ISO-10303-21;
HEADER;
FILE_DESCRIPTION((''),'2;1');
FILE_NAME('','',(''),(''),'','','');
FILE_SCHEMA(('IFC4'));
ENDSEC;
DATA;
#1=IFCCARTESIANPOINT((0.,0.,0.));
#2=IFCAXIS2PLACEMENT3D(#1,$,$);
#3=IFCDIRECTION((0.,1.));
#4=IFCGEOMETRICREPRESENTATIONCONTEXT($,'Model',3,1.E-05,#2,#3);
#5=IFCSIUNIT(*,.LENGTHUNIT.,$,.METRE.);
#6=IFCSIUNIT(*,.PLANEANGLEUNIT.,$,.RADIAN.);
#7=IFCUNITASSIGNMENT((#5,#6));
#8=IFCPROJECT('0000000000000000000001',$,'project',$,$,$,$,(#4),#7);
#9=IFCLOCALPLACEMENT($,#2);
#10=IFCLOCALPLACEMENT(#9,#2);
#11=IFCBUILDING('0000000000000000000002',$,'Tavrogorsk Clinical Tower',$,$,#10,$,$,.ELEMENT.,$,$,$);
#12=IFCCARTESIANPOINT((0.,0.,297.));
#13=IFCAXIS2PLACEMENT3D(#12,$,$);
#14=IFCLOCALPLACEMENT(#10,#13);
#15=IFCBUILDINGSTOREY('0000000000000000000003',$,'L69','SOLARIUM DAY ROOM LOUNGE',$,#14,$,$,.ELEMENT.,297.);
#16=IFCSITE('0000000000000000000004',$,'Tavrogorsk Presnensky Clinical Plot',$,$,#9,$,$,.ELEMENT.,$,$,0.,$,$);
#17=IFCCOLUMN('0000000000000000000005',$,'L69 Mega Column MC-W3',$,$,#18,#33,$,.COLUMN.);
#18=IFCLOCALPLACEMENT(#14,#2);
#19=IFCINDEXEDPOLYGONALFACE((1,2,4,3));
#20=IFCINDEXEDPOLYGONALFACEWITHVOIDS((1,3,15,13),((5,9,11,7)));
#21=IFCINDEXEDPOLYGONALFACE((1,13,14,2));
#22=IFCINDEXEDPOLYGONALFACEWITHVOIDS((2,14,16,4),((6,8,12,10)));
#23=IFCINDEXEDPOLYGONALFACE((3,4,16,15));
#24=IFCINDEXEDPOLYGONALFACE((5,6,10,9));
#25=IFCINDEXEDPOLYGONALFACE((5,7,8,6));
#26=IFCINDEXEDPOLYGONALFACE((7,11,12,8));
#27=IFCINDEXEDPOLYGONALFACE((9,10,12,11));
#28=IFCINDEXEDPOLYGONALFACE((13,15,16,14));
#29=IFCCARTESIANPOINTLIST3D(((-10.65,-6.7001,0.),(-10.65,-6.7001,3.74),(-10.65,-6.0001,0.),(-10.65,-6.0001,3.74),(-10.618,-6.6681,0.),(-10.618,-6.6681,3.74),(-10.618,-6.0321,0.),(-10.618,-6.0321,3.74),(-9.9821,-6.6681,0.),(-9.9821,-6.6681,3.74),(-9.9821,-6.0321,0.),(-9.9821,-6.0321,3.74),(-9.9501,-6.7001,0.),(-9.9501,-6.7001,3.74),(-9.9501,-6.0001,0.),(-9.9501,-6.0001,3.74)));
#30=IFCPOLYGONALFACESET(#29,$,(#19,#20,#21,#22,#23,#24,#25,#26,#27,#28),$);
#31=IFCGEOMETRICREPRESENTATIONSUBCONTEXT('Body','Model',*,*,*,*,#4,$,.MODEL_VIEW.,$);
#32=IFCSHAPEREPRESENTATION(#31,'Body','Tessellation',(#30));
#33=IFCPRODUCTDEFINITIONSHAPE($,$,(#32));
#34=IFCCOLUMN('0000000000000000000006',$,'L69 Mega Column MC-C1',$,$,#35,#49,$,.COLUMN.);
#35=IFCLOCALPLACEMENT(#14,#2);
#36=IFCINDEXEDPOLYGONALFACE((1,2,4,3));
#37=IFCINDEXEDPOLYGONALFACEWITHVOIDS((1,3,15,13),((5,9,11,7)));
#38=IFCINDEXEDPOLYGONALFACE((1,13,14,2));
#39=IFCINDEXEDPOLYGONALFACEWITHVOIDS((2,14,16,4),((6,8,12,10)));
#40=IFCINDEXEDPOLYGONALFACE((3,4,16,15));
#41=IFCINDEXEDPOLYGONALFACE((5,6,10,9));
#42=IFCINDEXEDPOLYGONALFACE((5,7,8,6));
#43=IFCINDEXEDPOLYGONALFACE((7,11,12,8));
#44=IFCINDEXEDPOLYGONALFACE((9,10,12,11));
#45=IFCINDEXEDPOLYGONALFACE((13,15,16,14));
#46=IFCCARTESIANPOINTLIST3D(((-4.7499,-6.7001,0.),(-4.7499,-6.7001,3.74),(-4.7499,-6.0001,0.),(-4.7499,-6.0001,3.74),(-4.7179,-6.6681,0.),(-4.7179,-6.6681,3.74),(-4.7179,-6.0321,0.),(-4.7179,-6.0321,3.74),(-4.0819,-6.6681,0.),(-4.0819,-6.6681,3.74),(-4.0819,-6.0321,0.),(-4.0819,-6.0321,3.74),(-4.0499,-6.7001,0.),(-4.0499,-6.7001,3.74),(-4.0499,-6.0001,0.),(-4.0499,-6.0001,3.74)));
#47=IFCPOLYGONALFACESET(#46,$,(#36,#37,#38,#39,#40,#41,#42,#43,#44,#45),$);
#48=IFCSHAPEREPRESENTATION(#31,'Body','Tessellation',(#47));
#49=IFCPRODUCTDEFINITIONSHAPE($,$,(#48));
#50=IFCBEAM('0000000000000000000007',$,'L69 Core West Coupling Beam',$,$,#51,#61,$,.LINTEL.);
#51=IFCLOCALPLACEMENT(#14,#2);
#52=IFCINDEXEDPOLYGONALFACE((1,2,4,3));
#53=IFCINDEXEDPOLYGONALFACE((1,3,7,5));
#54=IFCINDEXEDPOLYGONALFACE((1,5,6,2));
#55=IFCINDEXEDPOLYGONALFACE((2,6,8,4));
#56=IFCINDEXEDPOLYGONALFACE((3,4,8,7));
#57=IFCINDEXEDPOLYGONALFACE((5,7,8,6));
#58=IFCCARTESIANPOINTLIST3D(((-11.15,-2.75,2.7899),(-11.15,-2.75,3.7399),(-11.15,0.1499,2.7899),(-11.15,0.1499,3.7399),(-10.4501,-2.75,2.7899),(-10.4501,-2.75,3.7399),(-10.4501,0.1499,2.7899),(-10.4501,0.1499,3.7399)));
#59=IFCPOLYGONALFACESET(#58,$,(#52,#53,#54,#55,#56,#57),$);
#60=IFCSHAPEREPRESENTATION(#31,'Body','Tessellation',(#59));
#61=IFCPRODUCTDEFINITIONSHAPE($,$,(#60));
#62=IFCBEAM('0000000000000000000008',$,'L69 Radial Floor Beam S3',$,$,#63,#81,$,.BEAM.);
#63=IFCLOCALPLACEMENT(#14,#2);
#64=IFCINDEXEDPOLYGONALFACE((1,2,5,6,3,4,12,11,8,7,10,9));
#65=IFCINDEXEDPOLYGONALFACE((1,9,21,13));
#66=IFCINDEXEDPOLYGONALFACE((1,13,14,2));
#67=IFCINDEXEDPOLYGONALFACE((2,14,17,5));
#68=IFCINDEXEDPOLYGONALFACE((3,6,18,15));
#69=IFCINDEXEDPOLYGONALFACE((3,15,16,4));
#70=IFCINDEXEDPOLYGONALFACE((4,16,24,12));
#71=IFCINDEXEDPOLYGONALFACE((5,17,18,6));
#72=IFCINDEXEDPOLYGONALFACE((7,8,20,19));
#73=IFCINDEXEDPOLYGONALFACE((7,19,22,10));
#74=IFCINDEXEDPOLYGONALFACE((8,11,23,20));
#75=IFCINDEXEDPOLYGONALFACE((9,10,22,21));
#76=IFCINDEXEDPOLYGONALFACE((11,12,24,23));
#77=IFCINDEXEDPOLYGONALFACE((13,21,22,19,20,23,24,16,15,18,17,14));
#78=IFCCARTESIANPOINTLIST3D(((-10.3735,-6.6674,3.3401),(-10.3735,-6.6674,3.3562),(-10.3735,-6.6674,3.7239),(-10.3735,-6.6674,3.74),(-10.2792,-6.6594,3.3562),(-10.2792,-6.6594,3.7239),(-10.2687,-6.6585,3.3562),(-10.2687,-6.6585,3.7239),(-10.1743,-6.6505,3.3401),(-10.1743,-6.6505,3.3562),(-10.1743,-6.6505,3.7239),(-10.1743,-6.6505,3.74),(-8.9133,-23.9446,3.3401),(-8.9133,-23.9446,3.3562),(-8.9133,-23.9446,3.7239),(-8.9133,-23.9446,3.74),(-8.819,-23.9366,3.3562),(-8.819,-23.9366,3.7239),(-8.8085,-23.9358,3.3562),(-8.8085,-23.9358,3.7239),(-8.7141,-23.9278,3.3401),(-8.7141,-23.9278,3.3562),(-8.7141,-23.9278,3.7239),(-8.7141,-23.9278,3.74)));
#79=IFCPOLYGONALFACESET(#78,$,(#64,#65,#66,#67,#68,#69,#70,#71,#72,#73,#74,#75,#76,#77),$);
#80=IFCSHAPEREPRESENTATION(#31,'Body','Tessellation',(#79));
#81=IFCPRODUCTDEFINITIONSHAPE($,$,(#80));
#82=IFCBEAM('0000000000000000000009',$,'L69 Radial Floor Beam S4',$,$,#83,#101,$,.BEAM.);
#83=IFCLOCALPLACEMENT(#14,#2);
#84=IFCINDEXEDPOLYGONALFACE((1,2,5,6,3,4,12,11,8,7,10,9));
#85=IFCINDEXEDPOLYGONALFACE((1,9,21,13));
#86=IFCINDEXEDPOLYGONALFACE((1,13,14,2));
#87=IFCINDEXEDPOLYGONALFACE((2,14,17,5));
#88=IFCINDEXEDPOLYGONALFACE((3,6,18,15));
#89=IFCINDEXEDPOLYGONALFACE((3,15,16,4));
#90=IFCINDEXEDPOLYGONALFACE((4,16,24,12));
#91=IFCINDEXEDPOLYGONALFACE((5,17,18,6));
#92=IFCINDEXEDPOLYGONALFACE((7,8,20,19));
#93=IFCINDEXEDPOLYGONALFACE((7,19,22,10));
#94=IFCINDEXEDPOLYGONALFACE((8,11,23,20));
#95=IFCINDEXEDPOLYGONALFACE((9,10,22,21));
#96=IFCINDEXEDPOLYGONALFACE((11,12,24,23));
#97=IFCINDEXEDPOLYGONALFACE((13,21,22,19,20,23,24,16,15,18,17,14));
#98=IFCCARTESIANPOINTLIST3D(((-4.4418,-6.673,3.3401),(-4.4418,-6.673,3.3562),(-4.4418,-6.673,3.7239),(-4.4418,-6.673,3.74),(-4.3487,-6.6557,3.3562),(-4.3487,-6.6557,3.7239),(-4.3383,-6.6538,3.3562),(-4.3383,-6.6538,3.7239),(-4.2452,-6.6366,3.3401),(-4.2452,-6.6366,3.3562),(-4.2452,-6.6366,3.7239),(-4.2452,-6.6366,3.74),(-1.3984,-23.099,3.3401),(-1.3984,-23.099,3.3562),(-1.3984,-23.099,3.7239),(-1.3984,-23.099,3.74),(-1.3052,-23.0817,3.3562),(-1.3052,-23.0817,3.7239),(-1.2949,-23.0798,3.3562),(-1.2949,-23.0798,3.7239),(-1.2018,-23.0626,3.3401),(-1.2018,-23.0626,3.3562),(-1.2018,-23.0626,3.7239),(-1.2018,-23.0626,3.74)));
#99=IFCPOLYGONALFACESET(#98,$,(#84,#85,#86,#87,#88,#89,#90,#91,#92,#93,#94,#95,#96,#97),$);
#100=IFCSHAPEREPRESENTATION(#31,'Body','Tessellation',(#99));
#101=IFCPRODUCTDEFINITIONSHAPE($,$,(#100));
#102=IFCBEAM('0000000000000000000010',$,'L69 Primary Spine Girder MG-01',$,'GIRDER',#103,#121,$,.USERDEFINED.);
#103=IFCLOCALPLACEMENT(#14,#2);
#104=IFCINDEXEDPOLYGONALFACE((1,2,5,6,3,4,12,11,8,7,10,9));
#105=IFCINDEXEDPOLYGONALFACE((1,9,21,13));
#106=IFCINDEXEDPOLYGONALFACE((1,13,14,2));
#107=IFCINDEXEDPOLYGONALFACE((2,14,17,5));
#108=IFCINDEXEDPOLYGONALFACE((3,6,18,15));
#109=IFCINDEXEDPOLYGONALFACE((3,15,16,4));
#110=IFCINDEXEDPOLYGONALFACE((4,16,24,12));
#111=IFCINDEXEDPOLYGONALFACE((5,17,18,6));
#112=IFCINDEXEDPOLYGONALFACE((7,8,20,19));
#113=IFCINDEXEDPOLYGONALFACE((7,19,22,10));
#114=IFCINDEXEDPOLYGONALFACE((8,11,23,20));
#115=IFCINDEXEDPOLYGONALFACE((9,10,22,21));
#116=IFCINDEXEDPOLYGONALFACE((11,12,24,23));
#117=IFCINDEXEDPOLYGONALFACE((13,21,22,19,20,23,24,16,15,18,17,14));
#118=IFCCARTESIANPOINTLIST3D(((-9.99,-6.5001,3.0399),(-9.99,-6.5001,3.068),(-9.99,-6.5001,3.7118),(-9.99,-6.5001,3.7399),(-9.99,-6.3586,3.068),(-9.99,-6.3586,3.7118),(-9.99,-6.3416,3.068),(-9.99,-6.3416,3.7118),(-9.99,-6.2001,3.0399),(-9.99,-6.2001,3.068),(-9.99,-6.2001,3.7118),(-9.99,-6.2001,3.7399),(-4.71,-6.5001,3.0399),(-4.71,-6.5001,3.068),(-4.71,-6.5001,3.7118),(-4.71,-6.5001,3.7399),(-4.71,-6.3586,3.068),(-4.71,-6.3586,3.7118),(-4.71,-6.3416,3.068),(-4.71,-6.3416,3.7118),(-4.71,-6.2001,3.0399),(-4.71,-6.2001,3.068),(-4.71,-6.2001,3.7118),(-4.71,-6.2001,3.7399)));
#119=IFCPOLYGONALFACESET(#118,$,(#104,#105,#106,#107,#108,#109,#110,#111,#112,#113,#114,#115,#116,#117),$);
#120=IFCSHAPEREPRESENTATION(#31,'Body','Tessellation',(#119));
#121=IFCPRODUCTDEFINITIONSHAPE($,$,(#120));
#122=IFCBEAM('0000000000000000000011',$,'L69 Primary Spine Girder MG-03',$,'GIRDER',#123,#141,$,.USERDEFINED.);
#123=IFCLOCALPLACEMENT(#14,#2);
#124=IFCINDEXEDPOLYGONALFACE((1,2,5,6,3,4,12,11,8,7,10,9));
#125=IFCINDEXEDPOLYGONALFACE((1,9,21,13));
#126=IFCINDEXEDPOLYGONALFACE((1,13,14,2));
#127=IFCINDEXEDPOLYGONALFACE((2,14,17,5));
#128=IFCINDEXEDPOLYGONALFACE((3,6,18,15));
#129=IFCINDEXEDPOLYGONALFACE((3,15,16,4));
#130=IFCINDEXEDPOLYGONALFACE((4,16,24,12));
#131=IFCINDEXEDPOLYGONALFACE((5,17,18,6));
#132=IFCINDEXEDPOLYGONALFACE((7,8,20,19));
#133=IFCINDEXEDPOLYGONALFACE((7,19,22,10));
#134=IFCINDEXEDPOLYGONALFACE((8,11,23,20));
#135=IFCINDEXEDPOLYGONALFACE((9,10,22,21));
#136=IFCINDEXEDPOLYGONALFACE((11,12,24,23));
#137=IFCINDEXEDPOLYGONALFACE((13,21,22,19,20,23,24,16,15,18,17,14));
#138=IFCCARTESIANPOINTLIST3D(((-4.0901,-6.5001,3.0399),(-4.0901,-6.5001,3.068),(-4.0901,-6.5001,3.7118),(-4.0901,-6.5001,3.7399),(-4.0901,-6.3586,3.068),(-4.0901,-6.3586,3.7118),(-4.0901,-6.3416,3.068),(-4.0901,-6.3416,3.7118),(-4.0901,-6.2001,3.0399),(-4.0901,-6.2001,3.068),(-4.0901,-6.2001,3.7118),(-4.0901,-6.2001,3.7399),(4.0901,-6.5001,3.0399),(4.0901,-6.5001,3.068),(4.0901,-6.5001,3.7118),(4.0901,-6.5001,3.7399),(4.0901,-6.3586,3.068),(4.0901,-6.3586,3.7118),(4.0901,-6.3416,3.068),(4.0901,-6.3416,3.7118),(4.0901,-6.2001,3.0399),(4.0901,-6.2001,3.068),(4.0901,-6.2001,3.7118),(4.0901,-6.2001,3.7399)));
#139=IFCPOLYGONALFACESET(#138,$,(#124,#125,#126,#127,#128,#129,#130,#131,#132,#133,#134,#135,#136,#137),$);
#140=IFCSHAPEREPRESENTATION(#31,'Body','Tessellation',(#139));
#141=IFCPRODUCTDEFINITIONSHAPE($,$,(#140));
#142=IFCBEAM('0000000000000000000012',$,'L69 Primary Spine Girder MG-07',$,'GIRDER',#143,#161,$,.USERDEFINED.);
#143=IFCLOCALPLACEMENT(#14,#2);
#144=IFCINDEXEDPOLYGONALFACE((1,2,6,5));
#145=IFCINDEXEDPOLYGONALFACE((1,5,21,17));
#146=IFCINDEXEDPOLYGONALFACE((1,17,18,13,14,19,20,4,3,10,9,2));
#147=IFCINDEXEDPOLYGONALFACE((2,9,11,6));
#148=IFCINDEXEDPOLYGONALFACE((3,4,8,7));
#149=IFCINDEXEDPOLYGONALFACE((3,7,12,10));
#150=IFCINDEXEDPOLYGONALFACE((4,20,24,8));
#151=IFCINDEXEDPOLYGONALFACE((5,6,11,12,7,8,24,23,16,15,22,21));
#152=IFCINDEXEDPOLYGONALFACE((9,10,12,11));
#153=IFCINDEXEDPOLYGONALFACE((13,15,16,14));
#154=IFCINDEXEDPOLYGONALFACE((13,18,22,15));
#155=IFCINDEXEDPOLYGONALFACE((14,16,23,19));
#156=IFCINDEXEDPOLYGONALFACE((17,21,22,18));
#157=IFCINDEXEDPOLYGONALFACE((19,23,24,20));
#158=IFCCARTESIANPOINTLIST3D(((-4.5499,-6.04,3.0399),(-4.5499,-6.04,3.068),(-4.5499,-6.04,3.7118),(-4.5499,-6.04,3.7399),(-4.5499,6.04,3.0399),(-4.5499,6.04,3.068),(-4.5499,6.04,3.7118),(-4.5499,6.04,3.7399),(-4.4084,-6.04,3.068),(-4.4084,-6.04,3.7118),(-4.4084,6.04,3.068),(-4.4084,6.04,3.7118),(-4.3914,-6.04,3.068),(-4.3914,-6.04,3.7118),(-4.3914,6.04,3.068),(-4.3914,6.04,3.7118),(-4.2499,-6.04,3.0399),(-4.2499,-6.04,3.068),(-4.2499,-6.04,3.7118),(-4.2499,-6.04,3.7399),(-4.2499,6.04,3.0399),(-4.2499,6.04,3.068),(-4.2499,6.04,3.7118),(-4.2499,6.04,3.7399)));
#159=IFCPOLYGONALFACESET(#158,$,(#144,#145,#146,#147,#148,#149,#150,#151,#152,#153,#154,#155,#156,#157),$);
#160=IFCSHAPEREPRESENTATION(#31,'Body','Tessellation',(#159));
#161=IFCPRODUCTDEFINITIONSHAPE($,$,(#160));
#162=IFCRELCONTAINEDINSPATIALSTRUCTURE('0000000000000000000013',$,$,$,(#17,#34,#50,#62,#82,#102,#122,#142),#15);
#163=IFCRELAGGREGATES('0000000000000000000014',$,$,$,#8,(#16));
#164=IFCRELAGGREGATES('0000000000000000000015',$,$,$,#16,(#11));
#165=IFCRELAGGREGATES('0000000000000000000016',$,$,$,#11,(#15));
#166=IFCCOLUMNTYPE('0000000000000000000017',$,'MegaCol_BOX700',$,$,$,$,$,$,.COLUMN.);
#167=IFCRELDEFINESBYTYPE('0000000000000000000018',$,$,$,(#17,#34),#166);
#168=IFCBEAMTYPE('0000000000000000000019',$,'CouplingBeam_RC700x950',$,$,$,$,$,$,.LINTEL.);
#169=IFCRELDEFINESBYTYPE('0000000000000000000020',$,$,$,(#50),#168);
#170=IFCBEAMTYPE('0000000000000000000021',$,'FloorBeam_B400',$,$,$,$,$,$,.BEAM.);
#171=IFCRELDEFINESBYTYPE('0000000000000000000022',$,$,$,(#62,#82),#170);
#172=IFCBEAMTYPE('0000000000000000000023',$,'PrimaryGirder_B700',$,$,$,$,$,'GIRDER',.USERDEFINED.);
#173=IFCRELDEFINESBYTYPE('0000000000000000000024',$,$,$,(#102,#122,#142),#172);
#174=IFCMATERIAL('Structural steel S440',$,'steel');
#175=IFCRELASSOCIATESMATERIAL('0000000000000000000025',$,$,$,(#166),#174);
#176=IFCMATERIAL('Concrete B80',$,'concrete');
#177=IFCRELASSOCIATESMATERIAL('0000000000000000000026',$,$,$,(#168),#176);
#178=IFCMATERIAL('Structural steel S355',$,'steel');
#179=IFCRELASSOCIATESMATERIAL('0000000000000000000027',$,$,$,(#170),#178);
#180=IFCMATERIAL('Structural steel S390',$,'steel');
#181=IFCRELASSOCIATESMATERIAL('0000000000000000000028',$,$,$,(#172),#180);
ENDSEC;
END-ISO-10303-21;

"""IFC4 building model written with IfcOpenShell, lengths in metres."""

from ifc_helpers import new_model, si_unit, direction, frame, origin, origin_2d, place, context, subcontext, project, spatial, rectangle, hollow_rectangle, i_section, extrude, material, material_profile, profile_set, type_object, element, save


model = new_model("IFC4")

# Units and contexts
model_context = context("Model", 3, precision=1e-05, world=origin(), true_north=direction((0.0, 1.0)))
body_context = subcontext(model_context, "Body", "Model", "MODEL_VIEW")
ifc_project = project(units=[si_unit("LENGTHUNIT", "METRE"), si_unit("PLANEANGLEUNIT", "RADIAN")], contexts=[model_context])

# Site, building, storey
site_placement = place(None, origin())
site = spatial("IfcSite", under=ifc_project, at=site_placement, Name="Tavrogorsk Presnensky Clinical Plot", CompositionType="ELEMENT", RefElevation=0.0)
building_placement = place(site_placement, origin())
building = spatial("IfcBuilding", under=site, at=building_placement, Name="Tavrogorsk Clinical Tower", CompositionType="ELEMENT")
storey_placement = place(building_placement, frame((0.0, 0.0, 297.0)))
storey = spatial("IfcBuildingStorey", under=building, at=storey_placement, Name="L69", Description="SOLARIUM DAY ROOM LOUNGE", CompositionType="ELEMENT", Elevation=297.0)

# Columns
ifc_material_1 = material(Name="Structural steel S440", Category="steel")
ifc_material_profile_1 = material_profile(ifc_material_1, hollow_rectangle(XDim=0.7, YDim=0.7, WallThickness=0.032, at=origin_2d()), Name="BOX-700x700x32")
ifc_profile_set_1 = profile_set([ifc_material_profile_1], Name="Structural steel S440")
column_type = type_object("IfcColumnType", Name="MegaCol_BOX700", PredefinedType="COLUMN", material=ifc_profile_set_1)
for number, where, z_axis, x_axis, name in (
    (1, (-10.3, -6.3501, 0.0), (0.0, 0.0, 1.0), (1.0, 0.0, 0.0), "L69 Mega Column MC-W3"),
    (2, (-4.3999, -6.3501, 0.0), (0.0, 0.0, 1.0), (1.0, 0.0, 0.0), "L69 Mega Column MC-C1"),
):
    element("IfcColumn", number, at=place(storey_placement, frame(where, z_axis=z_axis, x_axis=x_axis)), inside=storey, type_object=column_type, Name=name, PredefinedType="COLUMN", context=body_context, shape_type="SweptSolid", body=[
        extrude(hollow_rectangle(XDim=0.7, YDim=0.7, WallThickness=0.032, at=origin_2d()), origin(), (0.0, 0.0, 1.0), 3.74),
    ])

# Beams
ifc_material_2 = material(Name="Concrete B80", Category="concrete")
ifc_material_profile_2 = material_profile(ifc_material_2, rectangle(XDim=0.7, YDim=0.95, at=origin_2d()), Name="RC-CB-700x950")
ifc_profile_set_2 = profile_set([ifc_material_profile_2], Name="Concrete B80")
beam_type_1 = type_object("IfcBeamType", Name="CouplingBeam_RC700x950", PredefinedType="LINTEL", material=ifc_profile_set_2)
beam_1_placement = place(storey_placement, frame((-10.8, -2.75, 3.2649), z_axis=(0.0, 1.0, 0.0), x_axis=(-1.0, 0.0, 0.0)))
element("IfcBeam", 3, at=beam_1_placement, inside=storey, type_object=beam_type_1, Name="L69 Core West Coupling Beam", PredefinedType="LINTEL", context=body_context, shape_type="SweptSolid", body=[
    extrude(rectangle(XDim=0.7, YDim=0.95, at=origin_2d()), origin(), (0.0, 0.0, 1.0), 2.8999),
])
ifc_material_3 = material(Name="Structural steel S355", Category="steel")
ifc_material_profile_3 = material_profile(ifc_material_3, i_section(OverallWidth=0.2, OverallDepth=0.3999, WebThickness=0.0105, FlangeThickness=0.0161, at=origin_2d()), Name="B-400x200x10.5x16")
ifc_profile_set_3 = profile_set([ifc_material_profile_3], Name="Structural steel S355")
beam_type_2 = type_object("IfcBeamType", Name="FloorBeam_B400", PredefinedType="BEAM", material=ifc_profile_set_3)
beam_2_placement = place(storey_placement, frame((-10.2739, -6.6589, 3.54), z_axis=(0.084215, -0.996448, 0.0), x_axis=(0.996448, 0.084215, 0.0)))
element("IfcBeam", 4, at=beam_2_placement, inside=storey, type_object=beam_type_2, Name="L69 Radial Floor Beam S3", PredefinedType="BEAM", context=body_context, shape_type="SweptSolid", body=[
    extrude(i_section(OverallWidth=0.2, OverallDepth=0.3999, WebThickness=0.0105, FlangeThickness=0.0161, at=origin_2d()), origin(), (0.0, 0.0, 1.0), 17.3389),
])
beam_3_placement = place(storey_placement, frame((-4.3435, -6.6548, 3.54), z_axis=(0.182182, -0.983265, 0.0), x_axis=(0.983265, 0.182182, 0.0)))
element("IfcBeam", 5, at=beam_3_placement, inside=storey, type_object=beam_type_2, Name="L69 Radial Floor Beam S4", PredefinedType="BEAM", context=body_context, shape_type="SweptSolid", body=[
    extrude(i_section(OverallWidth=0.2, OverallDepth=0.3999, WebThickness=0.0105, FlangeThickness=0.0161, at=origin_2d()), origin(), (0.0, 0.0, 1.0), 16.7056),
])
ifc_material_4 = material(Name="Structural steel S390", Category="steel")
ifc_material_profile_4 = material_profile(ifc_material_4, i_section(OverallWidth=0.3, OverallDepth=0.7, WebThickness=0.0171, FlangeThickness=0.0281, at=origin_2d()), Name="B-700x300x17x28")
ifc_profile_set_4 = profile_set([ifc_material_profile_4], Name="Structural steel S390")
beam_type_3 = type_object("IfcBeamType", Name="PrimaryGirder_B700", ElementType="GIRDER", PredefinedType="USERDEFINED", material=ifc_profile_set_4)
beam_4_placement = place(storey_placement, frame((-9.99, -6.3501, 3.3899), z_axis=(1.0, 0.0, 0.0), x_axis=(0.0, 1.0, 0.0)))
element("IfcBeam", 6, at=beam_4_placement, inside=storey, type_object=beam_type_3, Name="L69 Primary Spine Girder MG-01", ObjectType="GIRDER", PredefinedType="USERDEFINED", context=body_context, shape_type="SweptSolid", body=[
    extrude(i_section(OverallWidth=0.3, OverallDepth=0.7, WebThickness=0.0171, FlangeThickness=0.0281, at=origin_2d()), origin(), (0.0, 0.0, 1.0), 5.28),
])
beam_5_placement = place(storey_placement, frame((-4.0901, -6.3501, 3.3899), z_axis=(1.0, 0.0, 0.0), x_axis=(0.0, 1.0, 0.0)))
element("IfcBeam", 7, at=beam_5_placement, inside=storey, type_object=beam_type_3, Name="L69 Primary Spine Girder MG-03", ObjectType="GIRDER", PredefinedType="USERDEFINED", context=body_context, shape_type="SweptSolid", body=[
    extrude(i_section(OverallWidth=0.3, OverallDepth=0.7, WebThickness=0.0171, FlangeThickness=0.0281, at=origin_2d()), origin(), (0.0, 0.0, 1.0), 8.1802),
])
beam_6_placement = place(storey_placement, frame((-4.3999, -6.04, 3.3899), z_axis=(0.0, 1.0, 0.0), x_axis=(-1.0, 0.0, 0.0)))
element("IfcBeam", 8, at=beam_6_placement, inside=storey, type_object=beam_type_3, Name="L69 Primary Spine Girder MG-07", ObjectType="GIRDER", PredefinedType="USERDEFINED", context=body_context, shape_type="SweptSolid", body=[
    extrude(i_section(OverallWidth=0.3, OverallDepth=0.7, WebThickness=0.0171, FlangeThickness=0.0281, at=origin_2d()), origin(), (0.0, 0.0, 1.0), 12.0801),
])

save(model, "model.ifc")
